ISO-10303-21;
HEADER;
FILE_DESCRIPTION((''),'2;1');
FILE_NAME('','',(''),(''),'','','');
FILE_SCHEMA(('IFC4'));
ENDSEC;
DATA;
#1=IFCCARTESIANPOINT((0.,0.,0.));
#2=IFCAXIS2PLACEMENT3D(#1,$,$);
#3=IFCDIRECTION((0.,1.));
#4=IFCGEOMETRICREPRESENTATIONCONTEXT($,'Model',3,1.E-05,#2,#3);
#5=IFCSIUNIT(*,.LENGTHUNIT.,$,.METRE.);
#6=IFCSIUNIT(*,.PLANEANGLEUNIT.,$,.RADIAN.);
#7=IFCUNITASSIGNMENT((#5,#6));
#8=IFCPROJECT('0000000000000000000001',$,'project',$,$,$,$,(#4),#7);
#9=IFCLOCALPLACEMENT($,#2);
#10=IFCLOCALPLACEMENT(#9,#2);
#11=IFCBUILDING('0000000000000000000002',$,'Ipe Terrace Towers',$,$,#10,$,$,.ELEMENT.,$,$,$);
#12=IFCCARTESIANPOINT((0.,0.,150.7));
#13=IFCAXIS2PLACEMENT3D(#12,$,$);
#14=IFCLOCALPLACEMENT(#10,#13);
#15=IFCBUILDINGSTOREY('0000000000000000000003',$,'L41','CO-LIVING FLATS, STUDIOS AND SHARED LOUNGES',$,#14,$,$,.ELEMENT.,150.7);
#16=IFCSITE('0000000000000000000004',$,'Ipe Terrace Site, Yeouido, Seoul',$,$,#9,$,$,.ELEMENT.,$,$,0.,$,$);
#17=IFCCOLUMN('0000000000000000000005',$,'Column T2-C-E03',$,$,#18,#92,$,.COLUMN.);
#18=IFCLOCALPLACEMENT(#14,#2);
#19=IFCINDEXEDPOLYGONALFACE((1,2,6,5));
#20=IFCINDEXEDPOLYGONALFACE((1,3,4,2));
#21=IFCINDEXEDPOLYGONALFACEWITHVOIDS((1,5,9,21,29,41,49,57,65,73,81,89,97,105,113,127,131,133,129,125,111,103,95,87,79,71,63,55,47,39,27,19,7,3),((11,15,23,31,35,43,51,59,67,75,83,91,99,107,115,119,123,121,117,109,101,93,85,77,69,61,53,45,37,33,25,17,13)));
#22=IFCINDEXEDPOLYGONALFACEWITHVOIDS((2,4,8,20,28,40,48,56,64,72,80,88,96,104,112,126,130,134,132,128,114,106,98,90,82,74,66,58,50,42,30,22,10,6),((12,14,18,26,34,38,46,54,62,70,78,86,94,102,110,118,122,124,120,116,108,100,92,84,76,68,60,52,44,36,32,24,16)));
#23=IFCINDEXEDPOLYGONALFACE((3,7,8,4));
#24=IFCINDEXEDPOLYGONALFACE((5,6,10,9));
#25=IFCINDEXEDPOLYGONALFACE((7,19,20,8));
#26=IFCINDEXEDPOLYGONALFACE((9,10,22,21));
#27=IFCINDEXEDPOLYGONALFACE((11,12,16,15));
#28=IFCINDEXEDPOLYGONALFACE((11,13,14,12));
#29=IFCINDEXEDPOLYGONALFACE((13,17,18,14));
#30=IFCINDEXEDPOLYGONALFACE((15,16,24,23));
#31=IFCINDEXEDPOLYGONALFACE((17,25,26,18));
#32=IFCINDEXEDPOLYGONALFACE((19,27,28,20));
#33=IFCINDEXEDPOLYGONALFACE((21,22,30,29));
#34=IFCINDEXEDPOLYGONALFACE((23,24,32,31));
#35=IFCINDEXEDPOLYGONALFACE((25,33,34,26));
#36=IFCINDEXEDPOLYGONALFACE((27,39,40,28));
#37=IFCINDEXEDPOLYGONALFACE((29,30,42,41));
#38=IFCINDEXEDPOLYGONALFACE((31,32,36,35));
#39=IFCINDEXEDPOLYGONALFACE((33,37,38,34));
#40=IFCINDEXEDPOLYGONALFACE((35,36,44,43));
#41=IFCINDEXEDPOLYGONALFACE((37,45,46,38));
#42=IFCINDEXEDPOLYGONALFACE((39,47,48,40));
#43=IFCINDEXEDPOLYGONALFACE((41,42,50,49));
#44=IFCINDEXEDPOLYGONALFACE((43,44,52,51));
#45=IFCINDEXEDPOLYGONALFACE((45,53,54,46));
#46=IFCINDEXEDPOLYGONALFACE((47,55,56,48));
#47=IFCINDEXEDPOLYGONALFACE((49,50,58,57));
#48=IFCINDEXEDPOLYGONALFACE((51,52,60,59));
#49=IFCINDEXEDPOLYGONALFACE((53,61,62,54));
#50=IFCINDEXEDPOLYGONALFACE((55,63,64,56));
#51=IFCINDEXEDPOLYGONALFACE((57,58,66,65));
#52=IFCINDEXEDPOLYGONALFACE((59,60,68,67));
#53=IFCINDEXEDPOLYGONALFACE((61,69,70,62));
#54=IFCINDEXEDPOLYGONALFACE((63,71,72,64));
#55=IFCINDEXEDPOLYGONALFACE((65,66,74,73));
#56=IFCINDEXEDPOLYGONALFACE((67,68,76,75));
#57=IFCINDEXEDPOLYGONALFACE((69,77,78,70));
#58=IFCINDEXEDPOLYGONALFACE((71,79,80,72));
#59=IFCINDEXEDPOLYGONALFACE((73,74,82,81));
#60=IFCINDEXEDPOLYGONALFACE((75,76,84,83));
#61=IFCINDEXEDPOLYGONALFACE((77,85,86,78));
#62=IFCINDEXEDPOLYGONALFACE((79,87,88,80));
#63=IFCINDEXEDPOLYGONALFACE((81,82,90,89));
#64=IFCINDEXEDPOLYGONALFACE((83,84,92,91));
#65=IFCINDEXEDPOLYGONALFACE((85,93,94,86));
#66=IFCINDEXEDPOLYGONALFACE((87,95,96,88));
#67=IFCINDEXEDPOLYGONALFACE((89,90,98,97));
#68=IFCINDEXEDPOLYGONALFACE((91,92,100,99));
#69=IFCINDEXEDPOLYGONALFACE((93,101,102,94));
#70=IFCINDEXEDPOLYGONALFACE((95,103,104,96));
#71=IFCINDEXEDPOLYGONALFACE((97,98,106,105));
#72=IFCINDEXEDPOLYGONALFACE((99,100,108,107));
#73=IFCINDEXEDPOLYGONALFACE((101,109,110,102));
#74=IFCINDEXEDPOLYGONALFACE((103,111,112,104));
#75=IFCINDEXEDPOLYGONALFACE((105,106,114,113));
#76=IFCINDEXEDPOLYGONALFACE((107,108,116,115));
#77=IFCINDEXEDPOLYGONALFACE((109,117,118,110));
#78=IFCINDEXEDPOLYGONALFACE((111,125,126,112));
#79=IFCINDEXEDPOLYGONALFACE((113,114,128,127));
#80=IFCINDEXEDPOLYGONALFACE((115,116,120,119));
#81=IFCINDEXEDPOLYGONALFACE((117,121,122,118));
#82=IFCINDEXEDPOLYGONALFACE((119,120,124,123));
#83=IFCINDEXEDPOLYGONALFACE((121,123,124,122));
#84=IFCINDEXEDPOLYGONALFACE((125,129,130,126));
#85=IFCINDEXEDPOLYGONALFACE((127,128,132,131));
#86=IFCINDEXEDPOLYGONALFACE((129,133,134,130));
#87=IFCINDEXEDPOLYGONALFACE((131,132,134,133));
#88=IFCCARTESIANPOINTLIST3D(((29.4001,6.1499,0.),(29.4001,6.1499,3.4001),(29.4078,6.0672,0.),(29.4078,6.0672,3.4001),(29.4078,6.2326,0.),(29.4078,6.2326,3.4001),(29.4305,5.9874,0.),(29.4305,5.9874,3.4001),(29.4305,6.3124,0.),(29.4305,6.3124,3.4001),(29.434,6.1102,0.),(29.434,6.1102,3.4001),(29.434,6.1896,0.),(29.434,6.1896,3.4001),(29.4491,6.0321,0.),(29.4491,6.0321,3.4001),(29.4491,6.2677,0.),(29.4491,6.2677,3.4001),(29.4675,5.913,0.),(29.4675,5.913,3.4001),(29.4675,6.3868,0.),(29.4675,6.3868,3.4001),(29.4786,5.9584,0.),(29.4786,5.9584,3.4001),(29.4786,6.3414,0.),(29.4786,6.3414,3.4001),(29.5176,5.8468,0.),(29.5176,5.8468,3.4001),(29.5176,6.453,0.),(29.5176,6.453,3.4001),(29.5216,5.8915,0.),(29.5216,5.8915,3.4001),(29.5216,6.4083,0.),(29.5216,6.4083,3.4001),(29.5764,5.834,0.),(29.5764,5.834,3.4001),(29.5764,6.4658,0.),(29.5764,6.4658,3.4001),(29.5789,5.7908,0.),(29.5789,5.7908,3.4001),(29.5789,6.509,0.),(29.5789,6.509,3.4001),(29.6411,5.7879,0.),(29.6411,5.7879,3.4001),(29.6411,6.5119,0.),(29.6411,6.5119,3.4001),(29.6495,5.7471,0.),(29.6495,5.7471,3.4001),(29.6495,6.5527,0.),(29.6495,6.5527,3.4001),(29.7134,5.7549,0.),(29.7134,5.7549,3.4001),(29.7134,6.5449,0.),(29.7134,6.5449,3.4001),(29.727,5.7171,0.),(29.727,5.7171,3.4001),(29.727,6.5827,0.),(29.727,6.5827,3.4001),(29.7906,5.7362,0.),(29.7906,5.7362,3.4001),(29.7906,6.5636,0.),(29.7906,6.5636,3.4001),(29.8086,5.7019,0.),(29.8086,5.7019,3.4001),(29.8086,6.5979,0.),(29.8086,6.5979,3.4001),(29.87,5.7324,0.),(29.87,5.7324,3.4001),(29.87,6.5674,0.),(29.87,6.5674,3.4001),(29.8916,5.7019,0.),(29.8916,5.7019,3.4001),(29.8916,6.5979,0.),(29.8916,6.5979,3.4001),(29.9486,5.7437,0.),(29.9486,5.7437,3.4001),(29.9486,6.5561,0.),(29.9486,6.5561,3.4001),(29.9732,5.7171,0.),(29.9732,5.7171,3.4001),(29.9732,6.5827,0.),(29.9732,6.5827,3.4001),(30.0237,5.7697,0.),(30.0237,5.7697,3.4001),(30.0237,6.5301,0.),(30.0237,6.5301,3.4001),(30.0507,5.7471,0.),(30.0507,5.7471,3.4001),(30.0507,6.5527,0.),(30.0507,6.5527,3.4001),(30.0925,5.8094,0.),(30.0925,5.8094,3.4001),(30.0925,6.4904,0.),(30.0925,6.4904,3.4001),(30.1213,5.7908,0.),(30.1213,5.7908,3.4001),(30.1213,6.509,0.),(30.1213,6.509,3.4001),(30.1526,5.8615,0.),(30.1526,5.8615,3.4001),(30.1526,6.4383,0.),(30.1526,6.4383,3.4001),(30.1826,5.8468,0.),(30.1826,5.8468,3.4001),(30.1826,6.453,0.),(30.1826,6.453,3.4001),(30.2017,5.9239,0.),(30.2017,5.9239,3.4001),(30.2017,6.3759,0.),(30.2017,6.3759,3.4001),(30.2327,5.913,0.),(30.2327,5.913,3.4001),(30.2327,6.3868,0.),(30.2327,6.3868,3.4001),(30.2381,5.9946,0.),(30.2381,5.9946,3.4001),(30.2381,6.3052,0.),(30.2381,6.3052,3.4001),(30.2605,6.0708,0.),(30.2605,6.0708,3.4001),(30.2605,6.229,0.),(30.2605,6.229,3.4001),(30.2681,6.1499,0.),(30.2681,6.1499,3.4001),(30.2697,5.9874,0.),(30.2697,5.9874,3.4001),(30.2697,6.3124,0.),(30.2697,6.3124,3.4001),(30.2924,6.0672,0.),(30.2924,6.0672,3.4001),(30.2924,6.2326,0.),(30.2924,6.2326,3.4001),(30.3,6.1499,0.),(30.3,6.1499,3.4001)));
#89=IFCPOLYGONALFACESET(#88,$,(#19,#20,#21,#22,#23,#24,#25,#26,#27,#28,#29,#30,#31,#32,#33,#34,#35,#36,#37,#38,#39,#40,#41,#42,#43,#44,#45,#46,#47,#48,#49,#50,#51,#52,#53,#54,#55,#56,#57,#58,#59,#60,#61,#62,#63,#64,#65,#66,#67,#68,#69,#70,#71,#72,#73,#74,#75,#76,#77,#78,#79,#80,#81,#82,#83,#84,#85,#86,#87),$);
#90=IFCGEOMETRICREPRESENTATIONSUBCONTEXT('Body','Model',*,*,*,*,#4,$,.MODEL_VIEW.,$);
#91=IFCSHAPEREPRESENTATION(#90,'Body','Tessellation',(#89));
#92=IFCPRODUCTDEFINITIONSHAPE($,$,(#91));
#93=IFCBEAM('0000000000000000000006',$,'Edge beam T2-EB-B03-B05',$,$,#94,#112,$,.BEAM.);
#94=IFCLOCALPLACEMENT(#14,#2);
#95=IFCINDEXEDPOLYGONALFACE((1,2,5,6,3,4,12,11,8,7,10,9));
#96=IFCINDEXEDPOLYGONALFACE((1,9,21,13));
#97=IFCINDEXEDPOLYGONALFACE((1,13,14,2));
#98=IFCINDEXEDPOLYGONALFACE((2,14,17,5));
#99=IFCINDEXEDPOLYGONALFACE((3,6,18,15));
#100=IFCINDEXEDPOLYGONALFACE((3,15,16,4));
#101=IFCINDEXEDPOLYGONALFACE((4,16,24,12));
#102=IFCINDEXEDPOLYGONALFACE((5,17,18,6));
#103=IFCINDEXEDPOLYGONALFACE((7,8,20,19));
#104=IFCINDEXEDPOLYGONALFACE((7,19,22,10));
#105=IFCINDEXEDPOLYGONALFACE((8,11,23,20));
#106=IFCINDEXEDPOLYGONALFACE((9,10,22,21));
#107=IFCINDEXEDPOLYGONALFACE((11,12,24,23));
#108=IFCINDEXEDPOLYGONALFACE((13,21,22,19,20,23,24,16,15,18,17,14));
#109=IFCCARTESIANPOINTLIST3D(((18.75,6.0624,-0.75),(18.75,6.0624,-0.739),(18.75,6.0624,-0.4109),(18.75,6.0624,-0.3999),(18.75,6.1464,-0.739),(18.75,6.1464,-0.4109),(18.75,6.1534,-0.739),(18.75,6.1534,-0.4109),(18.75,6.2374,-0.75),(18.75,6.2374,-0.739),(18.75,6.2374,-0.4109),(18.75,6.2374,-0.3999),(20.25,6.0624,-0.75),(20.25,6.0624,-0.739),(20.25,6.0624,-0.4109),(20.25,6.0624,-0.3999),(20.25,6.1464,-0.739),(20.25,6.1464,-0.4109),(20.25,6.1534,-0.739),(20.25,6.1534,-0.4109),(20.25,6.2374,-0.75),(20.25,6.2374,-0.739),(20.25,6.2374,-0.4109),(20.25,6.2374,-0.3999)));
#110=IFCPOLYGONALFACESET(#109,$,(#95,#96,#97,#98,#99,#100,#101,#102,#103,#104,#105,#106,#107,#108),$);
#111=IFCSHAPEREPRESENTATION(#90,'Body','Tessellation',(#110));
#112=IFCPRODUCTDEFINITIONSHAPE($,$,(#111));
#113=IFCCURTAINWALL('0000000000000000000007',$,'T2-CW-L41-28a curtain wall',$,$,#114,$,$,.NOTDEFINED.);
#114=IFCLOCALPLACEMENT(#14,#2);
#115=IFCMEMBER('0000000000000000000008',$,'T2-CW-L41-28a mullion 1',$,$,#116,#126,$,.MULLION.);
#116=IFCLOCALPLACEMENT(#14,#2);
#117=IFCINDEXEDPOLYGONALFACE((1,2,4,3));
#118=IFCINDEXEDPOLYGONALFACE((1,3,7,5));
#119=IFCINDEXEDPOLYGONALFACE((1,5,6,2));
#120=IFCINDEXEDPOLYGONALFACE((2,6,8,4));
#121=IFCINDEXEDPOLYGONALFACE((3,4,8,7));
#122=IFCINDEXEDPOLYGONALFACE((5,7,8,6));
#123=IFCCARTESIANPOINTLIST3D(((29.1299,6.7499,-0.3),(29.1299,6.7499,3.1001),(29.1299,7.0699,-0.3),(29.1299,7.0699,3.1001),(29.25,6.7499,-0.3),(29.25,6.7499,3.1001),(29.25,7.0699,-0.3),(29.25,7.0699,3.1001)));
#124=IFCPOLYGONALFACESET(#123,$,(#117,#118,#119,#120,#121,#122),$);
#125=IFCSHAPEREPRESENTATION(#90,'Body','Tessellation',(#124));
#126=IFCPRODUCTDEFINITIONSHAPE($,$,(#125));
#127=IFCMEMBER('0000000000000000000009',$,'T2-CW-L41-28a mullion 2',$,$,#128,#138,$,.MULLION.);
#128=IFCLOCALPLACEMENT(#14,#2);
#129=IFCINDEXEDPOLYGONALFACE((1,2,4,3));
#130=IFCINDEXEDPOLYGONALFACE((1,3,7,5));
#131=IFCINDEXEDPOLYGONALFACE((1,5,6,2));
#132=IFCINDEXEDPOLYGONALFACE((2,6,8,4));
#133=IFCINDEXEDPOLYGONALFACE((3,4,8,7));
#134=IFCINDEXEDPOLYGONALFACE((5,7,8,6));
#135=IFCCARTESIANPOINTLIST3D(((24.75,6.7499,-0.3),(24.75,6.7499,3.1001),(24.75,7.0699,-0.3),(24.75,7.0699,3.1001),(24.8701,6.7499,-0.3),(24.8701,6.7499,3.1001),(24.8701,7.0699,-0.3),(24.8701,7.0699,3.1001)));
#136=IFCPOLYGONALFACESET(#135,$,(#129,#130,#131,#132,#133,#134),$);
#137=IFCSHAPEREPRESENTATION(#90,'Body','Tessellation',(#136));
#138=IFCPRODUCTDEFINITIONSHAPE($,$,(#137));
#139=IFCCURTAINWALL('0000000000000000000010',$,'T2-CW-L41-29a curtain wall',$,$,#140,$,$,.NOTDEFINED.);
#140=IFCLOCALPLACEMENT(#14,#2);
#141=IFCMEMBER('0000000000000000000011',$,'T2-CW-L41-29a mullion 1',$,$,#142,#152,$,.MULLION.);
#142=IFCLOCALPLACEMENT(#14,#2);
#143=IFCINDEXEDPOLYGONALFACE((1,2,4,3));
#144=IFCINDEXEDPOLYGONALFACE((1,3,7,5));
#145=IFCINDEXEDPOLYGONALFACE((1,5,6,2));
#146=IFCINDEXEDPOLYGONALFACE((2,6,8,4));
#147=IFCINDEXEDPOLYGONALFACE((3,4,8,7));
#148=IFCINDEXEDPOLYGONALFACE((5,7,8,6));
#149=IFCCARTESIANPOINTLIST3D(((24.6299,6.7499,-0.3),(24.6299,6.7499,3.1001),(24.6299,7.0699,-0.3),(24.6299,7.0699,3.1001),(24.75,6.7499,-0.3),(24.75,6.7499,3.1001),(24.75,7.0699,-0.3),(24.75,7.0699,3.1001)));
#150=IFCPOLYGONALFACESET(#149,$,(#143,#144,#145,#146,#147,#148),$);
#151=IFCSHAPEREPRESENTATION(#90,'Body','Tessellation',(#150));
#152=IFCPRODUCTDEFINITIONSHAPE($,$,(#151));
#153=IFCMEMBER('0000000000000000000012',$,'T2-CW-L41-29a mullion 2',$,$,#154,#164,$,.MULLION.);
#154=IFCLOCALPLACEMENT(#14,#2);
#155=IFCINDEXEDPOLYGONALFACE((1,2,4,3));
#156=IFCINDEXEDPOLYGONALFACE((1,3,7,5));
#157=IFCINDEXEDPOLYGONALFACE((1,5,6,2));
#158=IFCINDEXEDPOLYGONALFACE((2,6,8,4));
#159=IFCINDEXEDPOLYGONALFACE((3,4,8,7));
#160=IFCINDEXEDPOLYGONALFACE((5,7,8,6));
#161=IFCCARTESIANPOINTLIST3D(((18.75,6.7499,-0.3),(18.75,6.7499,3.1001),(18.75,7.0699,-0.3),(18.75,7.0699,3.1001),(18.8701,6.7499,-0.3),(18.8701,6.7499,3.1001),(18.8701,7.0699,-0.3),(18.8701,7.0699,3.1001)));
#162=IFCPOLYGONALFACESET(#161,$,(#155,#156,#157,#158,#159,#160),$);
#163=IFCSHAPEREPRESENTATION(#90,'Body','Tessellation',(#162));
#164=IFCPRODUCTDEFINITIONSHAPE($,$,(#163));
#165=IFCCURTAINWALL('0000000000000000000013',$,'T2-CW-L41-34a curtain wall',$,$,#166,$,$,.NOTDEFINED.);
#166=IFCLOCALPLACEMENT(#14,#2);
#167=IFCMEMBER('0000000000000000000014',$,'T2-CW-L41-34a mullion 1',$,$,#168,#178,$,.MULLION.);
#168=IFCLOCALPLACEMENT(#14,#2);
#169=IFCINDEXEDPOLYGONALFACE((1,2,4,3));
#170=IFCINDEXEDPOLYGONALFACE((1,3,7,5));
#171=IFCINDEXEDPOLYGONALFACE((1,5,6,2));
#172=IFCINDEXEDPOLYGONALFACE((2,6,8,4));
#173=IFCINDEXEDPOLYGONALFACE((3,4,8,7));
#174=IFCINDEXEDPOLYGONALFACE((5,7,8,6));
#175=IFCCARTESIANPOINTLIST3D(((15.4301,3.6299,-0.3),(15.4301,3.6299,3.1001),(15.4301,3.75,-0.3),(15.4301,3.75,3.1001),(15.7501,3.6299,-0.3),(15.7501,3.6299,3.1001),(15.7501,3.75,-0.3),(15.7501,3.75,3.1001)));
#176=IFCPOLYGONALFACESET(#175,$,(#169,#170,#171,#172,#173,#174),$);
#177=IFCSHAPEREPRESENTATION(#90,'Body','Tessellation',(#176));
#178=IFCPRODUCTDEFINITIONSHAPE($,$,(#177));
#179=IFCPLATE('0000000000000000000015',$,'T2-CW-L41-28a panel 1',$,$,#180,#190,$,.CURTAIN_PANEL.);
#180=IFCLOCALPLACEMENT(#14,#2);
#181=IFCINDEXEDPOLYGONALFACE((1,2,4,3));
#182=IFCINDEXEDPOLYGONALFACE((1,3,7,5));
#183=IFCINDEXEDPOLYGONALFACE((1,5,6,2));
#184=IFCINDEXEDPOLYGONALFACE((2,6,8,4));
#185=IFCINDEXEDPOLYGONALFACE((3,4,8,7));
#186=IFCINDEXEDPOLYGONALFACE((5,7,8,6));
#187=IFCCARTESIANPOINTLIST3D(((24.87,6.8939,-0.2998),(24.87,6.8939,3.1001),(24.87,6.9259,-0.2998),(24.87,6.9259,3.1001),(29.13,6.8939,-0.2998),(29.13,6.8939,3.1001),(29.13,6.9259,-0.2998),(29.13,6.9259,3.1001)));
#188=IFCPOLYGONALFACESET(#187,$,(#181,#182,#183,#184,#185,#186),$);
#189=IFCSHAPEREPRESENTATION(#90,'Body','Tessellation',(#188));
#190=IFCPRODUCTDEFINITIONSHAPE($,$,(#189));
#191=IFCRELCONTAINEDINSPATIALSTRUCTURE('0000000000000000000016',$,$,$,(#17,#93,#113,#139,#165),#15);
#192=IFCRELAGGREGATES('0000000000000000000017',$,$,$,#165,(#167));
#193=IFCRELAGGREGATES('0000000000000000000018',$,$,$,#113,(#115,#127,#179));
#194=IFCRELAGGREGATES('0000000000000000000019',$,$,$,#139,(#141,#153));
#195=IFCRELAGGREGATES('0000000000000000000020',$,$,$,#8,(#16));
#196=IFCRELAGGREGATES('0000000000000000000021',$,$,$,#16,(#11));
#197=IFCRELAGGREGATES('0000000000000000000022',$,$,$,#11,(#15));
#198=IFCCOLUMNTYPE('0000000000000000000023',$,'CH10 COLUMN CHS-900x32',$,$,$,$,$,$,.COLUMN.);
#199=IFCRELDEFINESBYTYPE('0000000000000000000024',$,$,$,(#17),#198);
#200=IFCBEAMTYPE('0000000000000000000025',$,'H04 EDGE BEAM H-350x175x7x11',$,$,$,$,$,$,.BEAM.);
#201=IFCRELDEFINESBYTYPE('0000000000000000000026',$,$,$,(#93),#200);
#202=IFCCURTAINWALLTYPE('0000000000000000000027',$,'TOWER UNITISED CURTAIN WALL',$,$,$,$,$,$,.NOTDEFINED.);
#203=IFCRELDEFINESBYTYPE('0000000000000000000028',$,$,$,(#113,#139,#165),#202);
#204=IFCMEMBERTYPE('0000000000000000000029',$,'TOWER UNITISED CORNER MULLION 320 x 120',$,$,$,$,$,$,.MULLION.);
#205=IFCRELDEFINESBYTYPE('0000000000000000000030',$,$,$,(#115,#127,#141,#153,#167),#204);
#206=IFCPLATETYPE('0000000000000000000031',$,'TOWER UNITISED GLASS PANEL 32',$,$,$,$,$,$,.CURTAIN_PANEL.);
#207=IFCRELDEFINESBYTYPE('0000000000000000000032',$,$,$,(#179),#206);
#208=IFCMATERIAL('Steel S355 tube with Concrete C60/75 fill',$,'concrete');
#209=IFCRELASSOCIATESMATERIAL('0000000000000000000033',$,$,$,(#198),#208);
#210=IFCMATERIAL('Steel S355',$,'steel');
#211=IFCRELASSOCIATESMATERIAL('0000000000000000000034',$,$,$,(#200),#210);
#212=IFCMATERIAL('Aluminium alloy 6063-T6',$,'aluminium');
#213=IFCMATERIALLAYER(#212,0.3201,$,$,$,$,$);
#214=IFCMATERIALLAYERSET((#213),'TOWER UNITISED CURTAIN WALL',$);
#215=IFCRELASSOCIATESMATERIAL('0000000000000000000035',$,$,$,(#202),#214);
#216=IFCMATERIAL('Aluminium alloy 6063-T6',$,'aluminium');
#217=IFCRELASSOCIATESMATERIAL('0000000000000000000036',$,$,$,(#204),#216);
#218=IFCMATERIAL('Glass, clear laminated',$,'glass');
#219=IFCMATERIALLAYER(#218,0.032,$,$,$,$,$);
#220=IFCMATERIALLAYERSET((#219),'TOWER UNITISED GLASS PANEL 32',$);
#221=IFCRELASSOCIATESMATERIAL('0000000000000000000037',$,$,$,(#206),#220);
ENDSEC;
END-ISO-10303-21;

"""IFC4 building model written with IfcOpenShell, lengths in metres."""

from ifc_helpers import new_model, si_unit, direction, frame, origin, origin_2d, place, context, subcontext, project, spatial, rectangle, hollow_circle, i_section, extrude, material, layer, layer_set, material_profile, profile_set, type_object, element, aggregate, save


model = new_model("IFC4")

# Units and contexts
model_context = context("Model", 3, precision=1e-05, world=origin(), true_north=direction((0.0, 1.0)))
body_context = subcontext(model_context, "Body", "Model", "MODEL_VIEW")
ifc_project = project(units=[si_unit("LENGTHUNIT", "METRE"), si_unit("PLANEANGLEUNIT", "RADIAN")], contexts=[model_context])

# Site, building, storey
site_placement = place(None, origin())
site = spatial("IfcSite", under=ifc_project, at=site_placement, Name="Ipe Terrace Site, Yeouido, Seoul", CompositionType="ELEMENT", RefElevation=0.0)
building_placement = place(site_placement, origin())
building = spatial("IfcBuilding", under=site, at=building_placement, Name="Ipe Terrace Towers", CompositionType="ELEMENT")
storey_placement = place(building_placement, frame((0.0, 0.0, 150.7)))
storey = spatial("IfcBuildingStorey", under=building, at=storey_placement, Name="L41", Description="CO-LIVING FLATS, STUDIOS AND SHARED LOUNGES", CompositionType="ELEMENT", Elevation=150.7)

# Column
ifc_material_1 = material(Name="Steel S355 tube with Concrete C60/75 fill", Category="concrete")
ifc_material_profile_1 = material_profile(ifc_material_1, hollow_circle(Radius=0.45, WallThickness=0.032, at=origin_2d()), Name="CHS-900x32")
ifc_profile_set_1 = profile_set([ifc_material_profile_1], Name="Steel S355 tube with Concrete C60/75 fill")
column_type_1 = type_object("IfcColumnType", Name="CH10 COLUMN CHS-900x32", PredefinedType="COLUMN", material=ifc_profile_set_1)
column_placement = place(storey_placement, frame((29.8501, 6.1499, 0.0), z_axis=(0.0, 0.0, 1.0), x_axis=(1.0, 0.0, 0.0)))
element("IfcColumn", 1, at=column_placement, inside=storey, type_object=column_type_1, Name="Column T2-C-E03", PredefinedType="COLUMN", context=body_context, shape_type="SweptSolid", body=[
    extrude(hollow_circle(Radius=0.45, WallThickness=0.032, at=origin_2d()), origin(), (0.0, 0.0, 1.0), 3.4001),
])

# Beam
ifc_material_2 = material(Name="Steel S355", Category="steel")
ifc_material_profile_2 = material_profile(ifc_material_2, i_section(OverallWidth=0.175, OverallDepth=0.3501, WebThickness=0.0071, FlangeThickness=0.011, at=origin_2d()), Name="H-350x175x7x11")
ifc_profile_set_2 = profile_set([ifc_material_profile_2], Name="Steel S355")
beam_type = type_object("IfcBeamType", Name="H04 EDGE BEAM H-350x175x7x11", PredefinedType="BEAM", material=ifc_profile_set_2)
beam_placement = place(storey_placement, frame((20.25, 6.1499, -0.575), z_axis=(-1.0, 0.0, 0.0), x_axis=(0.0, -1.0, 0.0)))
element("IfcBeam", 2, at=beam_placement, inside=storey, type_object=beam_type, Name="Edge beam T2-EB-B03-B05", PredefinedType="BEAM", context=body_context, shape_type="SweptSolid", body=[
    extrude(i_section(OverallWidth=0.175, OverallDepth=0.3501, WebThickness=0.0071, FlangeThickness=0.011, at=origin_2d()), origin(), (0.0, 0.0, 1.0), 1.5),
])

# Curtain walls, members
ifc_material_3 = material(Name="Aluminium alloy 6063-T6", Category="aluminium")
ifc_layer_1 = layer(ifc_material_3, 0.3201)
ifc_layer_set_1 = layer_set([ifc_layer_1], Name="TOWER UNITISED CURTAIN WALL")
curtain_wall_type = type_object("IfcCurtainWallType", Name="TOWER UNITISED CURTAIN WALL", PredefinedType="NOTDEFINED", material=ifc_layer_set_1)
curtain_wall_1_placement = place(storey_placement, origin())
curtain_wall_1 = element("IfcCurtainWall", 3, at=curtain_wall_1_placement, inside=storey, type_object=curtain_wall_type, Name="T2-CW-L41-28a curtain wall", PredefinedType="NOTDEFINED")
ifc_material_4 = material(Name="Aluminium alloy 6063-T6", Category="aluminium")
ifc_material_profile_3 = material_profile(ifc_material_4, rectangle(XDim=0.3201, YDim=0.1201, at=origin_2d()), Name="TOWER UNITISED CORNER MULLION 320 x 120")
ifc_profile_set_3 = profile_set([ifc_material_profile_3], Name="Aluminium alloy 6063-T6")
member_type = type_object("IfcMemberType", Name="TOWER UNITISED CORNER MULLION 320 x 120", PredefinedType="MULLION", material=ifc_profile_set_3)
member_1_placement = place(storey_placement, frame((29.1899, 6.9099, -0.3), z_axis=(0.0, 0.0, 1.0), x_axis=(0.0, 1.0, 0.0)))
member_1 = element("IfcMember", 4, at=member_1_placement, type_object=member_type, Name="T2-CW-L41-28a mullion 1", PredefinedType="MULLION", context=body_context, shape_type="SweptSolid", body=[
    extrude(rectangle(XDim=0.3201, YDim=0.1201, at=origin_2d()), origin(), (0.0, 0.0, 1.0), 3.4001),
])
member_2_placement = place(storey_placement, frame((24.8101, 6.9099, -0.3), z_axis=(0.0, 0.0, 1.0), x_axis=(0.0, 1.0, 0.0)))
member_2 = element("IfcMember", 5, at=member_2_placement, type_object=member_type, Name="T2-CW-L41-28a mullion 2", PredefinedType="MULLION", context=body_context, shape_type="SweptSolid", body=[
    extrude(rectangle(XDim=0.3201, YDim=0.1201, at=origin_2d()), origin(), (0.0, 0.0, 1.0), 3.4001),
])
curtain_wall_2_placement = place(storey_placement, origin())
curtain_wall_2 = element("IfcCurtainWall", 6, at=curtain_wall_2_placement, inside=storey, type_object=curtain_wall_type, Name="T2-CW-L41-29a curtain wall", PredefinedType="NOTDEFINED")
member_3_placement = place(storey_placement, frame((24.6899, 6.9099, -0.3), z_axis=(0.0, 0.0, 1.0), x_axis=(0.0, 1.0, 0.0)))
member_3 = element("IfcMember", 7, at=member_3_placement, type_object=member_type, Name="T2-CW-L41-29a mullion 1", PredefinedType="MULLION", context=body_context, shape_type="SweptSolid", body=[
    extrude(rectangle(XDim=0.3201, YDim=0.1201, at=origin_2d()), origin(), (0.0, 0.0, 1.0), 3.4001),
])
member_4_placement = place(storey_placement, frame((18.8101, 6.9099, -0.3), z_axis=(0.0, 0.0, 1.0), x_axis=(0.0, 1.0, 0.0)))
member_4 = element("IfcMember", 8, at=member_4_placement, type_object=member_type, Name="T2-CW-L41-29a mullion 2", PredefinedType="MULLION", context=body_context, shape_type="SweptSolid", body=[
    extrude(rectangle(XDim=0.3201, YDim=0.1201, at=origin_2d()), origin(), (0.0, 0.0, 1.0), 3.4001),
])

# Curtain wall, member
curtain_wall_3_placement = place(storey_placement, origin())
curtain_wall_3 = element("IfcCurtainWall", 9, at=curtain_wall_3_placement, inside=storey, type_object=curtain_wall_type, Name="T2-CW-L41-34a curtain wall", PredefinedType="NOTDEFINED")
member_5_placement = place(storey_placement, frame((15.5901, 3.6899, -0.3), z_axis=(0.0, 0.0, 1.0), x_axis=(-1.0, 0.0, 0.0)))
member_5 = element("IfcMember", 10, at=member_5_placement, type_object=member_type, Name="T2-CW-L41-34a mullion 1", PredefinedType="MULLION", context=body_context, shape_type="SweptSolid", body=[
    extrude(rectangle(XDim=0.3201, YDim=0.1201, at=origin_2d()), origin(), (0.0, 0.0, 1.0), 3.4001),
])
aggregate(curtain_wall_3, [member_5])

# Plate
ifc_material_5 = material(Name="Glass, clear laminated", Category="glass")
ifc_layer_2 = layer(ifc_material_5, 0.032)
ifc_layer_set_2 = layer_set([ifc_layer_2], Name="TOWER UNITISED GLASS PANEL 32")
plate_type = type_object("IfcPlateType", Name="TOWER UNITISED GLASS PANEL 32", PredefinedType="CURTAIN_PANEL", material=ifc_layer_set_2)
plate_1_placement = place(storey_placement, frame((27.0, 6.9099, -0.2998), z_axis=(0.0, 0.0, 1.0), x_axis=(-1.0, 0.0, 0.0)))
plate_1 = element("IfcPlate", 11, at=plate_1_placement, type_object=plate_type, Name="T2-CW-L41-28a panel 1", PredefinedType="CURTAIN_PANEL", context=body_context, shape_type="SweptSolid", body=[
    extrude(rectangle(XDim=4.26, YDim=0.032, at=origin_2d()), origin(), (0.0, 0.0, 1.0), 3.3999),
])
aggregate(curtain_wall_1, [member_1, member_2, plate_1])
aggregate(curtain_wall_2, [member_3, member_4])

save(model, "model.ifc")
